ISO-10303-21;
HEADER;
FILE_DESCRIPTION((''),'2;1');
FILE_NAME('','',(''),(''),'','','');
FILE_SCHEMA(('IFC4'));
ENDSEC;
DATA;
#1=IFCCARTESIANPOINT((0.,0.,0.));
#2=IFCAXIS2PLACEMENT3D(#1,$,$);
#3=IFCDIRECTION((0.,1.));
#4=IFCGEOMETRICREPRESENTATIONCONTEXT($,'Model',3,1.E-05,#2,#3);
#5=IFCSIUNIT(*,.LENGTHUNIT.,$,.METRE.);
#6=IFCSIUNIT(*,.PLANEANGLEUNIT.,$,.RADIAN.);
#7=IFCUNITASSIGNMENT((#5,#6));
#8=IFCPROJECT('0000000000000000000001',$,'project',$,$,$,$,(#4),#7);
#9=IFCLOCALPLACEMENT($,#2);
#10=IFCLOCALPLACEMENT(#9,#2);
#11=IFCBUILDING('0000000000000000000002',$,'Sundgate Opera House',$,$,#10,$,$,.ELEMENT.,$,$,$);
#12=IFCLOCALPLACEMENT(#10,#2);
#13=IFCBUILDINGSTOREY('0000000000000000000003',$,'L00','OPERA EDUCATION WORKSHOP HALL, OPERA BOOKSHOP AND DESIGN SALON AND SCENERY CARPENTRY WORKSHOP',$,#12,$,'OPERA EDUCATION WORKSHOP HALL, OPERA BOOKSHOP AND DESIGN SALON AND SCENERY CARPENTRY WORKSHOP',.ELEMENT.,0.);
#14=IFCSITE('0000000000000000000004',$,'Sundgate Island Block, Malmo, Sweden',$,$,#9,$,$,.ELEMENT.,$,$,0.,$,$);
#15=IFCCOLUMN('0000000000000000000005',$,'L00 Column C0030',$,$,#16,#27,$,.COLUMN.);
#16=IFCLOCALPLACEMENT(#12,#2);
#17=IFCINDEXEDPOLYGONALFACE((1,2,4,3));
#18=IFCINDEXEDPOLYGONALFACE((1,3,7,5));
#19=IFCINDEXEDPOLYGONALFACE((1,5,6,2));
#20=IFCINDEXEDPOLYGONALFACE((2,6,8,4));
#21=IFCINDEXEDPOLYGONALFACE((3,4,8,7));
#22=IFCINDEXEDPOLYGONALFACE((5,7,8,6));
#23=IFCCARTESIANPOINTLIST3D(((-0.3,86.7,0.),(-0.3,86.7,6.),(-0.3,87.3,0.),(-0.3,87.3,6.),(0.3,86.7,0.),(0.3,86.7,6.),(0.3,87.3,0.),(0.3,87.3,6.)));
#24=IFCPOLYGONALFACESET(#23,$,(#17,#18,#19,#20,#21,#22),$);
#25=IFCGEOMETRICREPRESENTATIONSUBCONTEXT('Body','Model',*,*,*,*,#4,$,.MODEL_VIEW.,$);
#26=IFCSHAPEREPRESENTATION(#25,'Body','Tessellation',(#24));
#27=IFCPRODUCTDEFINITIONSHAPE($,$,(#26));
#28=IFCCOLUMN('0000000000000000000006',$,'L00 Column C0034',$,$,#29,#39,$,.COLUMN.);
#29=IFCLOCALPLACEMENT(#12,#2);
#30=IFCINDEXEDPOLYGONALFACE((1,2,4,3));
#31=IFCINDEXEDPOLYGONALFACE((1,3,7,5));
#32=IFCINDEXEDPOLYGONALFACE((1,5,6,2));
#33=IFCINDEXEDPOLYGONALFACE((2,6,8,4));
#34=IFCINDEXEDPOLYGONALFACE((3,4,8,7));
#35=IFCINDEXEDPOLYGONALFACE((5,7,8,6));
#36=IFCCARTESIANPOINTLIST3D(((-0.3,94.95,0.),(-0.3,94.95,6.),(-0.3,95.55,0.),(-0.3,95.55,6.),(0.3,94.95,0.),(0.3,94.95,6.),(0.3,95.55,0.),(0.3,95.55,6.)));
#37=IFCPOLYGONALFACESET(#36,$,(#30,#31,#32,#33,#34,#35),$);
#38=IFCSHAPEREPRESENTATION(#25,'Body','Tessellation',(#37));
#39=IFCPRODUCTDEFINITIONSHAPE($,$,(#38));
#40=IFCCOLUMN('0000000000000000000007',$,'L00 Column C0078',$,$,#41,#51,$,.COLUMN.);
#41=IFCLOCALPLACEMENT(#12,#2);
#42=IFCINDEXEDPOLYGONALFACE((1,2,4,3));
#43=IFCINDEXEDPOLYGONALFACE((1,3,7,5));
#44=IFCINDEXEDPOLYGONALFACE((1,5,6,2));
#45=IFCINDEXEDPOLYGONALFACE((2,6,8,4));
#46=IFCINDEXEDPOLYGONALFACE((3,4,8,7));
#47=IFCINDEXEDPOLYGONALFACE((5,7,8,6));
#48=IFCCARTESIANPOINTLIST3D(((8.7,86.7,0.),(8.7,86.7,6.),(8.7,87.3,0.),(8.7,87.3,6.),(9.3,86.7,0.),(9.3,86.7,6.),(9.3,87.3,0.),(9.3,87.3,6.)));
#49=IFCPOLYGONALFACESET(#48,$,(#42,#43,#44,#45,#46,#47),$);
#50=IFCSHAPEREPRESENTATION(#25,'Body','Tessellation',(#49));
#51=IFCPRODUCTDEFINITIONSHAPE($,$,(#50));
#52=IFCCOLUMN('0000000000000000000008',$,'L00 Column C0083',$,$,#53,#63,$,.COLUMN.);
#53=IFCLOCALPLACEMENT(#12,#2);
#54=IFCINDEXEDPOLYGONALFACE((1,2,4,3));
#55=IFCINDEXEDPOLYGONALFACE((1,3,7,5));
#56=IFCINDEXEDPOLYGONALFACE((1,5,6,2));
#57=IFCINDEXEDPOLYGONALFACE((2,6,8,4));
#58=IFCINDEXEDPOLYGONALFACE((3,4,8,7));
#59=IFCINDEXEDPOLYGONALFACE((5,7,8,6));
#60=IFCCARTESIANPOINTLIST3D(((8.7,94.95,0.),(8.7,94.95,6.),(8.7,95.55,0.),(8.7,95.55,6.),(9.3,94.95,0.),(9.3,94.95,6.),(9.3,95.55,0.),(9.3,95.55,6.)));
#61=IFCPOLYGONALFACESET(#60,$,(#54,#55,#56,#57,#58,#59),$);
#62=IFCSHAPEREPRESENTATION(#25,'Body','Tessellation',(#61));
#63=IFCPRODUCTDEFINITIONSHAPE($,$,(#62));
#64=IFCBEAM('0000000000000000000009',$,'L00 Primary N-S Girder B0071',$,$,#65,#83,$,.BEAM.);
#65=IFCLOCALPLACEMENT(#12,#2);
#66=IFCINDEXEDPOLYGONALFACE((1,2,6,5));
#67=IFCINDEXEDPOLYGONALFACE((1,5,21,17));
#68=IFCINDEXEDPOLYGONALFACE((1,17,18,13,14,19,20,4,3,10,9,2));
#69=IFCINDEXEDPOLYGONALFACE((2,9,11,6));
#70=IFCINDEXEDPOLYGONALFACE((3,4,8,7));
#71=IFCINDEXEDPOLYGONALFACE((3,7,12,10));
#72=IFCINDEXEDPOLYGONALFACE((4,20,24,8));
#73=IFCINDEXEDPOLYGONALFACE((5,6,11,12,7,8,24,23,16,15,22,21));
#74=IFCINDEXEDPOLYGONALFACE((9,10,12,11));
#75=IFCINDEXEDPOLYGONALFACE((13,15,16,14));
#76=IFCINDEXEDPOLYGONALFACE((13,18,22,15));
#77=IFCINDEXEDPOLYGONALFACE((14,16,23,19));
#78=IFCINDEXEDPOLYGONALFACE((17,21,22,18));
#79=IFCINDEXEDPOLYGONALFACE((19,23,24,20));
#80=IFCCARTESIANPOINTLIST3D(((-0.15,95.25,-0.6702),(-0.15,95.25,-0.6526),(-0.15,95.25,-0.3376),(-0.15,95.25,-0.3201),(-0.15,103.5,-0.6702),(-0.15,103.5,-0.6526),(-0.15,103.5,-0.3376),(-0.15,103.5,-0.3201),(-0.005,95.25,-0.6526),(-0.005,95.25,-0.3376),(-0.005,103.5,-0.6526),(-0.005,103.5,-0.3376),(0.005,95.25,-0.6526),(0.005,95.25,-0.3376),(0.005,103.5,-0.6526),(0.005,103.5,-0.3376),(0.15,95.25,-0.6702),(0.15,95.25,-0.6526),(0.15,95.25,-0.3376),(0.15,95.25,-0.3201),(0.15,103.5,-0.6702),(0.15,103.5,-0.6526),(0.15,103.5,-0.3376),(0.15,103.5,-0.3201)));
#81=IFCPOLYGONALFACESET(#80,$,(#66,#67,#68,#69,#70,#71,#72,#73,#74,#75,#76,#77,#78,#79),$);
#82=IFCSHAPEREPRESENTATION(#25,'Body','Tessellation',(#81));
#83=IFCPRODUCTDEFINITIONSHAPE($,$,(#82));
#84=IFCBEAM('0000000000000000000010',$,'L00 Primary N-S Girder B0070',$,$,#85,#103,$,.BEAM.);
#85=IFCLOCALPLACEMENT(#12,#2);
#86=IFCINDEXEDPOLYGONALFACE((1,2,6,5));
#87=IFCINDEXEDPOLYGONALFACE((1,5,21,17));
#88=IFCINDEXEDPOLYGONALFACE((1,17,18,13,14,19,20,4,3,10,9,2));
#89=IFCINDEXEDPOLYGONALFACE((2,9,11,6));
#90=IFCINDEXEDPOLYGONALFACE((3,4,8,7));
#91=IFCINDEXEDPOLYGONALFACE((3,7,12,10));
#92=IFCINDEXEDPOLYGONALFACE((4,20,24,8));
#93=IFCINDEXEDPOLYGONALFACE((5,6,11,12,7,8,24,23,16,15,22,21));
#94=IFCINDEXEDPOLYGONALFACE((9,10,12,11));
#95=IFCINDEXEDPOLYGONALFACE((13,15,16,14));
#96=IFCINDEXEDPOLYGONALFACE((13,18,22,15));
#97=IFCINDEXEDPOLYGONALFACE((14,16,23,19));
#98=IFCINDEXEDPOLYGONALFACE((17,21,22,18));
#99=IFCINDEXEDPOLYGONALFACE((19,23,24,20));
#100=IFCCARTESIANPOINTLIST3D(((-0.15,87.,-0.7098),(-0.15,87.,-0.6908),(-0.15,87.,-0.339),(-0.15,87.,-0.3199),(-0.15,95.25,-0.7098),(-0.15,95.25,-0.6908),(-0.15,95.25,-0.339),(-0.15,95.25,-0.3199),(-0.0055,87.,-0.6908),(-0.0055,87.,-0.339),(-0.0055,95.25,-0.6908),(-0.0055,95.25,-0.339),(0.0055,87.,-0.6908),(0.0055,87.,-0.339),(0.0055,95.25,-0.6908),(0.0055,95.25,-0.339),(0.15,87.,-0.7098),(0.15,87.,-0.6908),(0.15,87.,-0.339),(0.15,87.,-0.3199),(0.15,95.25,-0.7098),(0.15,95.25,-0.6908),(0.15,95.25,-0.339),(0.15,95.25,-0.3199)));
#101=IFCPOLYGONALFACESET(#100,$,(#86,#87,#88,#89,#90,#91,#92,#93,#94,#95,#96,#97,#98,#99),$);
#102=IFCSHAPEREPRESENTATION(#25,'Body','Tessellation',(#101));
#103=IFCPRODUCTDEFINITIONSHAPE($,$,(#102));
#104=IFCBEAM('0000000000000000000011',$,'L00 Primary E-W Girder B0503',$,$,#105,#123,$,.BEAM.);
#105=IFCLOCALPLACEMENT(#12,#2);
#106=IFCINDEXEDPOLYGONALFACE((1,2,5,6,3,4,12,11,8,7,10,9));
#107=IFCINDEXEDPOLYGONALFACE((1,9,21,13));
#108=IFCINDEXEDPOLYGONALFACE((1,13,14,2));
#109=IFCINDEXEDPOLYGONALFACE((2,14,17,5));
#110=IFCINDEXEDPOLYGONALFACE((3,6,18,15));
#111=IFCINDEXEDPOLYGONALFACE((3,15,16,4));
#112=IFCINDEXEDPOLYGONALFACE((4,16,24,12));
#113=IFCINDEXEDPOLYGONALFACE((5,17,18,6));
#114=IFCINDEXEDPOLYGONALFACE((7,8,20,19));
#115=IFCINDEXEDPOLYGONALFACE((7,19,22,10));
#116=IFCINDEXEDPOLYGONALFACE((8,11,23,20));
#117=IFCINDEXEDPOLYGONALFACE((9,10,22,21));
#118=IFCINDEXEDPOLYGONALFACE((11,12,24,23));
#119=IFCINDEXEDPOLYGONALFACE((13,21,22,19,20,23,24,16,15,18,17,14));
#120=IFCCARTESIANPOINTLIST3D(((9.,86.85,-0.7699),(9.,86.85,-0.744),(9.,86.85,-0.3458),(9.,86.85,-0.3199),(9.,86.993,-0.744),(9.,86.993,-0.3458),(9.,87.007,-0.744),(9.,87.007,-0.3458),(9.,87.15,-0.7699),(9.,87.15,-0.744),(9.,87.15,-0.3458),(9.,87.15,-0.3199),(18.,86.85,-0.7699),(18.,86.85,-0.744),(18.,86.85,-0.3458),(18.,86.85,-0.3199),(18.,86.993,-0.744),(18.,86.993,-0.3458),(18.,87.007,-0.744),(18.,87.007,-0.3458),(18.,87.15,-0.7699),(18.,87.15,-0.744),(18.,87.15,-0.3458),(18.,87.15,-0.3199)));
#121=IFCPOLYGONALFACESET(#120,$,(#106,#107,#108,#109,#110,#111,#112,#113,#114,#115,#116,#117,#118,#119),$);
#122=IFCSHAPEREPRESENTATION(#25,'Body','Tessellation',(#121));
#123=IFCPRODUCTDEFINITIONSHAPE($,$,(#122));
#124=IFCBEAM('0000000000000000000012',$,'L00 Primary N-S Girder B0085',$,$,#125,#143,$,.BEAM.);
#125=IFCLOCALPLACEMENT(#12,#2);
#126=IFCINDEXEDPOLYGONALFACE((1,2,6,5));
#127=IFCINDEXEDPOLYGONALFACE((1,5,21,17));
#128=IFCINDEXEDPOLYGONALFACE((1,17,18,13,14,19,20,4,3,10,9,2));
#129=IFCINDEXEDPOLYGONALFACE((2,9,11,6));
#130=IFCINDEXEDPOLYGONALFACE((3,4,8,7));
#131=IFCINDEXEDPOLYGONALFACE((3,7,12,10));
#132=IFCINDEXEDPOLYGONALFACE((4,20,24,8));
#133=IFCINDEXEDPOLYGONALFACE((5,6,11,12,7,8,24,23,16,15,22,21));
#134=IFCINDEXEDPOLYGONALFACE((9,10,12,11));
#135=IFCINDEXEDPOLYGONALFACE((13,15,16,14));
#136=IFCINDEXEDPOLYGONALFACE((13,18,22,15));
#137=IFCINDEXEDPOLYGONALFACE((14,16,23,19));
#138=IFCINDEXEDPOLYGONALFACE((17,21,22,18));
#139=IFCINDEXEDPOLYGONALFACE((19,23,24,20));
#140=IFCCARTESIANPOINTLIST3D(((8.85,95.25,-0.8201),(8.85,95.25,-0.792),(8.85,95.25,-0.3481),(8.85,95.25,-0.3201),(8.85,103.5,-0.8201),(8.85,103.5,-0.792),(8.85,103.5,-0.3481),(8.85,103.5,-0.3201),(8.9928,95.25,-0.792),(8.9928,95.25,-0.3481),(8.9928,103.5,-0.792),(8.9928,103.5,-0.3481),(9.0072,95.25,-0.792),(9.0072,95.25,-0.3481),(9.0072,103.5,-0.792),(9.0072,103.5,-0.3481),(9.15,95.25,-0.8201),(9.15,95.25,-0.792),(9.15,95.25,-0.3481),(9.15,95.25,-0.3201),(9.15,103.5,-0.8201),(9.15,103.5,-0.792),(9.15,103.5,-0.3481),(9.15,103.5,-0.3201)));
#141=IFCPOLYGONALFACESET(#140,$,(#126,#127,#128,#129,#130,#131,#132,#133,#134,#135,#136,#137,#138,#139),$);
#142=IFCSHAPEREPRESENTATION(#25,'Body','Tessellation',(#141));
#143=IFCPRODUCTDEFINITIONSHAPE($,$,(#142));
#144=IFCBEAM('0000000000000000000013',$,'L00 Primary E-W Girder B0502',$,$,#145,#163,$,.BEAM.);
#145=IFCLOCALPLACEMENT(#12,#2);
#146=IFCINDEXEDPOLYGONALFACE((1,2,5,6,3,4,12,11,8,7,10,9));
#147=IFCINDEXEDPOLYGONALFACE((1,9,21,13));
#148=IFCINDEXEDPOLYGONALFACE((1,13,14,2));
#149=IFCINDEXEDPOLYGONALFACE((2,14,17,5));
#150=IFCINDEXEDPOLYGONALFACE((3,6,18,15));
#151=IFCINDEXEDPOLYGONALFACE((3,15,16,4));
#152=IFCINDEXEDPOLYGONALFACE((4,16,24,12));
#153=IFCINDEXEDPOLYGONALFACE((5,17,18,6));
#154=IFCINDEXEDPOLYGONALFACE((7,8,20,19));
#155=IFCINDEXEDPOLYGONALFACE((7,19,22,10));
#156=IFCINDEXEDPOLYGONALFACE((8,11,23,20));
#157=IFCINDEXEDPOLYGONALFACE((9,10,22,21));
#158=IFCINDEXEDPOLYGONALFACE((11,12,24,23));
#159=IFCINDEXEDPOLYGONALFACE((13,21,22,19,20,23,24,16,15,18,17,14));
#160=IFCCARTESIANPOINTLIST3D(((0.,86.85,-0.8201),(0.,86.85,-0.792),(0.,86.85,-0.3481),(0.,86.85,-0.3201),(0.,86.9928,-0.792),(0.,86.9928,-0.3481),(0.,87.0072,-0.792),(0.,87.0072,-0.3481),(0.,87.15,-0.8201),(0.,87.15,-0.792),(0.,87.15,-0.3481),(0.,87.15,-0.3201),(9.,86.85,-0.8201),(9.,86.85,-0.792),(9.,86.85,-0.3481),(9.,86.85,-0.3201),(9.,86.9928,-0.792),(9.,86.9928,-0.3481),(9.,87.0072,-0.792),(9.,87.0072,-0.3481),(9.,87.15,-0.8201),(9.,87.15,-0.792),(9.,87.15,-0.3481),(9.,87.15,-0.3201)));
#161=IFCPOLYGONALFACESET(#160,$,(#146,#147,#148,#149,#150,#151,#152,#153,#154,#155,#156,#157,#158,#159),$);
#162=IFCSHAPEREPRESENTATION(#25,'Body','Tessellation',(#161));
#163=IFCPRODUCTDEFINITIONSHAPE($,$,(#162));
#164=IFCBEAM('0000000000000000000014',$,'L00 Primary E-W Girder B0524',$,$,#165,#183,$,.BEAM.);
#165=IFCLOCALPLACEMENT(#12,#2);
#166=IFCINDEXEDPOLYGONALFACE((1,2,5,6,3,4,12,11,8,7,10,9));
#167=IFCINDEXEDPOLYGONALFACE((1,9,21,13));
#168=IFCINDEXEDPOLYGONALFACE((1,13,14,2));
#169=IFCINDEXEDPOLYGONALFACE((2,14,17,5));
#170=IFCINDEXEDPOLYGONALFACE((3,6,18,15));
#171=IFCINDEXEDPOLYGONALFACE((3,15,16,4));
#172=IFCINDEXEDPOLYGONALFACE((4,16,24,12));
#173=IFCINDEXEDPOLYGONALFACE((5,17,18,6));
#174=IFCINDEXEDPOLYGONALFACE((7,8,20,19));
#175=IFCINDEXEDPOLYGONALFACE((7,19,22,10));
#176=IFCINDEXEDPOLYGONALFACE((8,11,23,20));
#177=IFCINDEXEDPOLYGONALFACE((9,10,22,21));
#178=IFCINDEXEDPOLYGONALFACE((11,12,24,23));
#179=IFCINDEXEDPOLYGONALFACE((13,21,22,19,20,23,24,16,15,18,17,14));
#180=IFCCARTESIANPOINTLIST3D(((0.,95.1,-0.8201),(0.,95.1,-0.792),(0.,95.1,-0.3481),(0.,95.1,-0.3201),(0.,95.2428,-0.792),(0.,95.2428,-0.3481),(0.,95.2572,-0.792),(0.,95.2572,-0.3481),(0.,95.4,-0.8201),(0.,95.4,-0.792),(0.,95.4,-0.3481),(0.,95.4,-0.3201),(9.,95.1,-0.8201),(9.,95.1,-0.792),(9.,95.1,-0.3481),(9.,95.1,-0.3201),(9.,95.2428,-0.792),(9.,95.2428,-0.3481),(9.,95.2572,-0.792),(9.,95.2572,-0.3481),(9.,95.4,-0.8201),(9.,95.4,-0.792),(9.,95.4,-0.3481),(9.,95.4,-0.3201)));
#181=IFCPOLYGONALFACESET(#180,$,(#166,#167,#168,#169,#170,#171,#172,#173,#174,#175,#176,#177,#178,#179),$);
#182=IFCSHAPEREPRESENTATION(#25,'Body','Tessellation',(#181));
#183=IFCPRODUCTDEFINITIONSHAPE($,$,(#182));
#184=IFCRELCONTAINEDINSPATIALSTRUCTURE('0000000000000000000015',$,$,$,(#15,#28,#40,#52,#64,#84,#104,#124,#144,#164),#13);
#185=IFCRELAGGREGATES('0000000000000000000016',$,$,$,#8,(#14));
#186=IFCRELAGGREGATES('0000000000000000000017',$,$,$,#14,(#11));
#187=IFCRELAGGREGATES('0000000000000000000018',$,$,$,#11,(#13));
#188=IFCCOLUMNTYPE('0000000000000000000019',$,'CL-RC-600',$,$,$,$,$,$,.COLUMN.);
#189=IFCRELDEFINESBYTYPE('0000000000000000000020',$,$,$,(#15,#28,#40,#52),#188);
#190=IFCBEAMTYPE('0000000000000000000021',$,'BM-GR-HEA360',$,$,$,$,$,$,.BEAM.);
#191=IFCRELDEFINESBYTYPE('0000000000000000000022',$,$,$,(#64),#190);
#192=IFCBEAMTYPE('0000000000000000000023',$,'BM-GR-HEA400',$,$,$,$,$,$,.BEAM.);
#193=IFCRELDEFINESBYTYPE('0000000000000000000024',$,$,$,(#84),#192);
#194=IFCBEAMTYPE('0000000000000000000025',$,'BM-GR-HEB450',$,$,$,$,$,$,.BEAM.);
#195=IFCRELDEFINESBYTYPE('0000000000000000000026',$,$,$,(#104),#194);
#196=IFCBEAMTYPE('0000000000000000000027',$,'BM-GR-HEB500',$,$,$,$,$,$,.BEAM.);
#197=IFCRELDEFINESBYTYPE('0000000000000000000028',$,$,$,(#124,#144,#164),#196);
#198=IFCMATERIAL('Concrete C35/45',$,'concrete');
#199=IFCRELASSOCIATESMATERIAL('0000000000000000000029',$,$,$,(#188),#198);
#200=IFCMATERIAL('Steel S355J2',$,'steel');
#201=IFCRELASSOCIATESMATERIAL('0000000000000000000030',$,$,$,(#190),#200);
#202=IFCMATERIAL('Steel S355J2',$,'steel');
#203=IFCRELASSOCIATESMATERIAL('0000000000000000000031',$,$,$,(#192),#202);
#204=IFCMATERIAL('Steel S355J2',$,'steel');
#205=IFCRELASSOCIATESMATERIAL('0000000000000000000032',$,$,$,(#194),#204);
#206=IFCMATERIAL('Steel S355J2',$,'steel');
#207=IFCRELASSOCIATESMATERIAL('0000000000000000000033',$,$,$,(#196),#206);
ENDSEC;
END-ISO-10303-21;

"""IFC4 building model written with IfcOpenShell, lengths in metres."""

from ifc_helpers import new_model, si_unit, direction, frame, origin, origin_2d, place, context, subcontext, project, spatial, rectangle, i_section, extrude, material, material_profile, profile_set, type_object, element, save


model = new_model("IFC4")

# Units and contexts
model_context = context("Model", 3, precision=1e-05, world=origin(), true_north=direction((0.0, 1.0)))
body_context = subcontext(model_context, "Body", "Model", "MODEL_VIEW")
ifc_project = project(units=[si_unit("LENGTHUNIT", "METRE"), si_unit("PLANEANGLEUNIT", "RADIAN")], contexts=[model_context])

# Site, building, storey
site_placement = place(None, origin())
site = spatial("IfcSite", under=ifc_project, at=site_placement, Name="Sundgate Island Block, Malmo, Sweden", CompositionType="ELEMENT", RefElevation=0.0)
building_placement = place(site_placement, origin())
building = spatial("IfcBuilding", under=site, at=building_placement, Name="Sundgate Opera House", CompositionType="ELEMENT")
storey_placement = place(building_placement, origin())
storey = spatial("IfcBuildingStorey", under=building, at=storey_placement, Name="L00", Description="OPERA EDUCATION WORKSHOP HALL, OPERA BOOKSHOP AND DESIGN SALON AND SCENERY CARPENTRY WORKSHOP", LongName="OPERA EDUCATION WORKSHOP HALL, OPERA BOOKSHOP AND DESIGN SALON AND SCENERY CARPENTRY WORKSHOP", CompositionType="ELEMENT", Elevation=0.0)

# Columns
ifc_material_1 = material(Name="Concrete C35/45", Category="concrete")
ifc_material_profile_1 = material_profile(ifc_material_1, rectangle(XDim=0.6001, YDim=0.6001, at=origin_2d()), Name="RC 600x600")
ifc_profile_set_1 = profile_set([ifc_material_profile_1], Name="Concrete C35/45")
column_type = type_object("IfcColumnType", Name="CL-RC-600", PredefinedType="COLUMN", material=ifc_profile_set_1)
for number, where, z_axis, x_axis, name in (
    (1, (0.0, 87.0, 0.0), (0.0, 0.0, 1.0), (1.0, 0.0, 0.0), "L00 Column C0030"),
    (2, (0.0, 95.25, 0.0), (0.0, 0.0, 1.0), (1.0, 0.0, 0.0), "L00 Column C0034"),
    (3, (9.0, 87.0, 0.0), (0.0, 0.0, 1.0), (1.0, 0.0, 0.0), "L00 Column C0078"),
    (4, (9.0, 95.25, 0.0), (0.0, 0.0, 1.0), (1.0, 0.0, 0.0), "L00 Column C0083"),
):
    element("IfcColumn", number, at=place(storey_placement, frame(where, z_axis=z_axis, x_axis=x_axis)), inside=storey, type_object=column_type, Name=name, PredefinedType="COLUMN", context=body_context, shape_type="SweptSolid", body=[
        extrude(rectangle(XDim=0.6001, YDim=0.6001, at=origin_2d()), origin(), (0.0, 0.0, 1.0), 6.0),
    ])

# Beams
ifc_material_2 = material(Name="Steel S355J2", Category="steel")
ifc_material_profile_2 = material_profile(ifc_material_2, i_section(OverallWidth=0.3, OverallDepth=0.3501, WebThickness=0.01, FlangeThickness=0.0176, at=origin_2d()), Name="HEA 360")
ifc_profile_set_2 = profile_set([ifc_material_profile_2], Name="Steel S355J2")
beam_type_1 = type_object("IfcBeamType", Name="BM-GR-HEA360", PredefinedType="BEAM", material=ifc_profile_set_2)
beam_1_placement = place(storey_placement, frame((0.0, 95.25, -0.4951), z_axis=(0.0, 1.0, 0.0), x_axis=(-1.0, 0.0, 0.0)))
element("IfcBeam", 5, at=beam_1_placement, inside=storey, type_object=beam_type_1, Name="L00 Primary N-S Girder B0071", PredefinedType="BEAM", context=body_context, shape_type="SweptSolid", body=[
    extrude(i_section(OverallWidth=0.3, OverallDepth=0.3501, WebThickness=0.01, FlangeThickness=0.0176, at=origin_2d()), origin(), (0.0, 0.0, 1.0), 8.25),
])
ifc_material_3 = material(Name="Steel S355J2", Category="steel")
ifc_material_profile_3 = material_profile(ifc_material_3, i_section(OverallWidth=0.3, OverallDepth=0.3899, WebThickness=0.011, FlangeThickness=0.019, at=origin_2d()), Name="HEA 400")
ifc_profile_set_3 = profile_set([ifc_material_profile_3], Name="Steel S355J2")
beam_type_2 = type_object("IfcBeamType", Name="BM-GR-HEA400", PredefinedType="BEAM", material=ifc_profile_set_3)
beam_2_placement = place(storey_placement, frame((0.0, 87.0, -0.5149), z_axis=(0.0, 1.0, 0.0), x_axis=(-1.0, 0.0, 0.0)))
element("IfcBeam", 6, at=beam_2_placement, inside=storey, type_object=beam_type_2, Name="L00 Primary N-S Girder B0070", PredefinedType="BEAM", context=body_context, shape_type="SweptSolid", body=[
    extrude(i_section(OverallWidth=0.3, OverallDepth=0.3899, WebThickness=0.011, FlangeThickness=0.019, at=origin_2d()), origin(), (0.0, 0.0, 1.0), 8.25),
])
ifc_material_4 = material(Name="Steel S355J2", Category="steel")
ifc_material_profile_4 = material_profile(ifc_material_4, i_section(OverallWidth=0.3, OverallDepth=0.45, WebThickness=0.0139, FlangeThickness=0.0259, at=origin_2d()), Name="HEB 450")
ifc_profile_set_4 = profile_set([ifc_material_profile_4], Name="Steel S355J2")
beam_type_3 = type_object("IfcBeamType", Name="BM-GR-HEB450", PredefinedType="BEAM", material=ifc_profile_set_4)
beam_3_placement = place(storey_placement, frame((9.0, 87.0, -0.5449), z_axis=(1.0, 0.0, 0.0), x_axis=(0.0, 1.0, 0.0)))
element("IfcBeam", 7, at=beam_3_placement, inside=storey, type_object=beam_type_3, Name="L00 Primary E-W Girder B0503", PredefinedType="BEAM", context=body_context, shape_type="SweptSolid", body=[
    extrude(i_section(OverallWidth=0.3, OverallDepth=0.45, WebThickness=0.0139, FlangeThickness=0.0259, at=origin_2d()), origin(), (0.0, 0.0, 1.0), 9.0),
])
ifc_material_5 = material(Name="Steel S355J2", Category="steel")
ifc_material_profile_5 = material_profile(ifc_material_5, i_section(OverallWidth=0.3, OverallDepth=0.5, WebThickness=0.0144, FlangeThickness=0.0281, at=origin_2d()), Name="HEB 500")
ifc_profile_set_5 = profile_set([ifc_material_profile_5], Name="Steel S355J2")
beam_type_4 = type_object("IfcBeamType", Name="BM-GR-HEB500", PredefinedType="BEAM", material=ifc_profile_set_5)
beam_4_placement = place(storey_placement, frame((9.0, 95.25, -0.5701), z_axis=(0.0, 1.0, 0.0), x_axis=(-1.0, 0.0, 0.0)))
element("IfcBeam", 8, at=beam_4_placement, inside=storey, type_object=beam_type_4, Name="L00 Primary N-S Girder B0085", PredefinedType="BEAM", context=body_context, shape_type="SweptSolid", body=[
    extrude(i_section(OverallWidth=0.3, OverallDepth=0.5, WebThickness=0.0144, FlangeThickness=0.0281, at=origin_2d()), origin(), (0.0, 0.0, 1.0), 8.25),
])
for number, where, z_axis, x_axis, name in (
    (9, (0.0, 87.0, -0.5701), (1.0, 0.0, 0.0), (0.0, 1.0, 0.0), "L00 Primary E-W Girder B0502"),
    (10, (0.0, 95.25, -0.5701), (1.0, 0.0, 0.0), (0.0, 1.0, 0.0), "L00 Primary E-W Girder B0524"),
):
    element("IfcBeam", number, at=place(storey_placement, frame(where, z_axis=z_axis, x_axis=x_axis)), inside=storey, type_object=beam_type_4, Name=name, PredefinedType="BEAM", context=body_context, shape_type="SweptSolid", body=[
        extrude(i_section(OverallWidth=0.3, OverallDepth=0.5, WebThickness=0.0144, FlangeThickness=0.0281, at=origin_2d()), origin(), (0.0, 0.0, 1.0), 9.0),
    ])

save(model, "model.ifc")
